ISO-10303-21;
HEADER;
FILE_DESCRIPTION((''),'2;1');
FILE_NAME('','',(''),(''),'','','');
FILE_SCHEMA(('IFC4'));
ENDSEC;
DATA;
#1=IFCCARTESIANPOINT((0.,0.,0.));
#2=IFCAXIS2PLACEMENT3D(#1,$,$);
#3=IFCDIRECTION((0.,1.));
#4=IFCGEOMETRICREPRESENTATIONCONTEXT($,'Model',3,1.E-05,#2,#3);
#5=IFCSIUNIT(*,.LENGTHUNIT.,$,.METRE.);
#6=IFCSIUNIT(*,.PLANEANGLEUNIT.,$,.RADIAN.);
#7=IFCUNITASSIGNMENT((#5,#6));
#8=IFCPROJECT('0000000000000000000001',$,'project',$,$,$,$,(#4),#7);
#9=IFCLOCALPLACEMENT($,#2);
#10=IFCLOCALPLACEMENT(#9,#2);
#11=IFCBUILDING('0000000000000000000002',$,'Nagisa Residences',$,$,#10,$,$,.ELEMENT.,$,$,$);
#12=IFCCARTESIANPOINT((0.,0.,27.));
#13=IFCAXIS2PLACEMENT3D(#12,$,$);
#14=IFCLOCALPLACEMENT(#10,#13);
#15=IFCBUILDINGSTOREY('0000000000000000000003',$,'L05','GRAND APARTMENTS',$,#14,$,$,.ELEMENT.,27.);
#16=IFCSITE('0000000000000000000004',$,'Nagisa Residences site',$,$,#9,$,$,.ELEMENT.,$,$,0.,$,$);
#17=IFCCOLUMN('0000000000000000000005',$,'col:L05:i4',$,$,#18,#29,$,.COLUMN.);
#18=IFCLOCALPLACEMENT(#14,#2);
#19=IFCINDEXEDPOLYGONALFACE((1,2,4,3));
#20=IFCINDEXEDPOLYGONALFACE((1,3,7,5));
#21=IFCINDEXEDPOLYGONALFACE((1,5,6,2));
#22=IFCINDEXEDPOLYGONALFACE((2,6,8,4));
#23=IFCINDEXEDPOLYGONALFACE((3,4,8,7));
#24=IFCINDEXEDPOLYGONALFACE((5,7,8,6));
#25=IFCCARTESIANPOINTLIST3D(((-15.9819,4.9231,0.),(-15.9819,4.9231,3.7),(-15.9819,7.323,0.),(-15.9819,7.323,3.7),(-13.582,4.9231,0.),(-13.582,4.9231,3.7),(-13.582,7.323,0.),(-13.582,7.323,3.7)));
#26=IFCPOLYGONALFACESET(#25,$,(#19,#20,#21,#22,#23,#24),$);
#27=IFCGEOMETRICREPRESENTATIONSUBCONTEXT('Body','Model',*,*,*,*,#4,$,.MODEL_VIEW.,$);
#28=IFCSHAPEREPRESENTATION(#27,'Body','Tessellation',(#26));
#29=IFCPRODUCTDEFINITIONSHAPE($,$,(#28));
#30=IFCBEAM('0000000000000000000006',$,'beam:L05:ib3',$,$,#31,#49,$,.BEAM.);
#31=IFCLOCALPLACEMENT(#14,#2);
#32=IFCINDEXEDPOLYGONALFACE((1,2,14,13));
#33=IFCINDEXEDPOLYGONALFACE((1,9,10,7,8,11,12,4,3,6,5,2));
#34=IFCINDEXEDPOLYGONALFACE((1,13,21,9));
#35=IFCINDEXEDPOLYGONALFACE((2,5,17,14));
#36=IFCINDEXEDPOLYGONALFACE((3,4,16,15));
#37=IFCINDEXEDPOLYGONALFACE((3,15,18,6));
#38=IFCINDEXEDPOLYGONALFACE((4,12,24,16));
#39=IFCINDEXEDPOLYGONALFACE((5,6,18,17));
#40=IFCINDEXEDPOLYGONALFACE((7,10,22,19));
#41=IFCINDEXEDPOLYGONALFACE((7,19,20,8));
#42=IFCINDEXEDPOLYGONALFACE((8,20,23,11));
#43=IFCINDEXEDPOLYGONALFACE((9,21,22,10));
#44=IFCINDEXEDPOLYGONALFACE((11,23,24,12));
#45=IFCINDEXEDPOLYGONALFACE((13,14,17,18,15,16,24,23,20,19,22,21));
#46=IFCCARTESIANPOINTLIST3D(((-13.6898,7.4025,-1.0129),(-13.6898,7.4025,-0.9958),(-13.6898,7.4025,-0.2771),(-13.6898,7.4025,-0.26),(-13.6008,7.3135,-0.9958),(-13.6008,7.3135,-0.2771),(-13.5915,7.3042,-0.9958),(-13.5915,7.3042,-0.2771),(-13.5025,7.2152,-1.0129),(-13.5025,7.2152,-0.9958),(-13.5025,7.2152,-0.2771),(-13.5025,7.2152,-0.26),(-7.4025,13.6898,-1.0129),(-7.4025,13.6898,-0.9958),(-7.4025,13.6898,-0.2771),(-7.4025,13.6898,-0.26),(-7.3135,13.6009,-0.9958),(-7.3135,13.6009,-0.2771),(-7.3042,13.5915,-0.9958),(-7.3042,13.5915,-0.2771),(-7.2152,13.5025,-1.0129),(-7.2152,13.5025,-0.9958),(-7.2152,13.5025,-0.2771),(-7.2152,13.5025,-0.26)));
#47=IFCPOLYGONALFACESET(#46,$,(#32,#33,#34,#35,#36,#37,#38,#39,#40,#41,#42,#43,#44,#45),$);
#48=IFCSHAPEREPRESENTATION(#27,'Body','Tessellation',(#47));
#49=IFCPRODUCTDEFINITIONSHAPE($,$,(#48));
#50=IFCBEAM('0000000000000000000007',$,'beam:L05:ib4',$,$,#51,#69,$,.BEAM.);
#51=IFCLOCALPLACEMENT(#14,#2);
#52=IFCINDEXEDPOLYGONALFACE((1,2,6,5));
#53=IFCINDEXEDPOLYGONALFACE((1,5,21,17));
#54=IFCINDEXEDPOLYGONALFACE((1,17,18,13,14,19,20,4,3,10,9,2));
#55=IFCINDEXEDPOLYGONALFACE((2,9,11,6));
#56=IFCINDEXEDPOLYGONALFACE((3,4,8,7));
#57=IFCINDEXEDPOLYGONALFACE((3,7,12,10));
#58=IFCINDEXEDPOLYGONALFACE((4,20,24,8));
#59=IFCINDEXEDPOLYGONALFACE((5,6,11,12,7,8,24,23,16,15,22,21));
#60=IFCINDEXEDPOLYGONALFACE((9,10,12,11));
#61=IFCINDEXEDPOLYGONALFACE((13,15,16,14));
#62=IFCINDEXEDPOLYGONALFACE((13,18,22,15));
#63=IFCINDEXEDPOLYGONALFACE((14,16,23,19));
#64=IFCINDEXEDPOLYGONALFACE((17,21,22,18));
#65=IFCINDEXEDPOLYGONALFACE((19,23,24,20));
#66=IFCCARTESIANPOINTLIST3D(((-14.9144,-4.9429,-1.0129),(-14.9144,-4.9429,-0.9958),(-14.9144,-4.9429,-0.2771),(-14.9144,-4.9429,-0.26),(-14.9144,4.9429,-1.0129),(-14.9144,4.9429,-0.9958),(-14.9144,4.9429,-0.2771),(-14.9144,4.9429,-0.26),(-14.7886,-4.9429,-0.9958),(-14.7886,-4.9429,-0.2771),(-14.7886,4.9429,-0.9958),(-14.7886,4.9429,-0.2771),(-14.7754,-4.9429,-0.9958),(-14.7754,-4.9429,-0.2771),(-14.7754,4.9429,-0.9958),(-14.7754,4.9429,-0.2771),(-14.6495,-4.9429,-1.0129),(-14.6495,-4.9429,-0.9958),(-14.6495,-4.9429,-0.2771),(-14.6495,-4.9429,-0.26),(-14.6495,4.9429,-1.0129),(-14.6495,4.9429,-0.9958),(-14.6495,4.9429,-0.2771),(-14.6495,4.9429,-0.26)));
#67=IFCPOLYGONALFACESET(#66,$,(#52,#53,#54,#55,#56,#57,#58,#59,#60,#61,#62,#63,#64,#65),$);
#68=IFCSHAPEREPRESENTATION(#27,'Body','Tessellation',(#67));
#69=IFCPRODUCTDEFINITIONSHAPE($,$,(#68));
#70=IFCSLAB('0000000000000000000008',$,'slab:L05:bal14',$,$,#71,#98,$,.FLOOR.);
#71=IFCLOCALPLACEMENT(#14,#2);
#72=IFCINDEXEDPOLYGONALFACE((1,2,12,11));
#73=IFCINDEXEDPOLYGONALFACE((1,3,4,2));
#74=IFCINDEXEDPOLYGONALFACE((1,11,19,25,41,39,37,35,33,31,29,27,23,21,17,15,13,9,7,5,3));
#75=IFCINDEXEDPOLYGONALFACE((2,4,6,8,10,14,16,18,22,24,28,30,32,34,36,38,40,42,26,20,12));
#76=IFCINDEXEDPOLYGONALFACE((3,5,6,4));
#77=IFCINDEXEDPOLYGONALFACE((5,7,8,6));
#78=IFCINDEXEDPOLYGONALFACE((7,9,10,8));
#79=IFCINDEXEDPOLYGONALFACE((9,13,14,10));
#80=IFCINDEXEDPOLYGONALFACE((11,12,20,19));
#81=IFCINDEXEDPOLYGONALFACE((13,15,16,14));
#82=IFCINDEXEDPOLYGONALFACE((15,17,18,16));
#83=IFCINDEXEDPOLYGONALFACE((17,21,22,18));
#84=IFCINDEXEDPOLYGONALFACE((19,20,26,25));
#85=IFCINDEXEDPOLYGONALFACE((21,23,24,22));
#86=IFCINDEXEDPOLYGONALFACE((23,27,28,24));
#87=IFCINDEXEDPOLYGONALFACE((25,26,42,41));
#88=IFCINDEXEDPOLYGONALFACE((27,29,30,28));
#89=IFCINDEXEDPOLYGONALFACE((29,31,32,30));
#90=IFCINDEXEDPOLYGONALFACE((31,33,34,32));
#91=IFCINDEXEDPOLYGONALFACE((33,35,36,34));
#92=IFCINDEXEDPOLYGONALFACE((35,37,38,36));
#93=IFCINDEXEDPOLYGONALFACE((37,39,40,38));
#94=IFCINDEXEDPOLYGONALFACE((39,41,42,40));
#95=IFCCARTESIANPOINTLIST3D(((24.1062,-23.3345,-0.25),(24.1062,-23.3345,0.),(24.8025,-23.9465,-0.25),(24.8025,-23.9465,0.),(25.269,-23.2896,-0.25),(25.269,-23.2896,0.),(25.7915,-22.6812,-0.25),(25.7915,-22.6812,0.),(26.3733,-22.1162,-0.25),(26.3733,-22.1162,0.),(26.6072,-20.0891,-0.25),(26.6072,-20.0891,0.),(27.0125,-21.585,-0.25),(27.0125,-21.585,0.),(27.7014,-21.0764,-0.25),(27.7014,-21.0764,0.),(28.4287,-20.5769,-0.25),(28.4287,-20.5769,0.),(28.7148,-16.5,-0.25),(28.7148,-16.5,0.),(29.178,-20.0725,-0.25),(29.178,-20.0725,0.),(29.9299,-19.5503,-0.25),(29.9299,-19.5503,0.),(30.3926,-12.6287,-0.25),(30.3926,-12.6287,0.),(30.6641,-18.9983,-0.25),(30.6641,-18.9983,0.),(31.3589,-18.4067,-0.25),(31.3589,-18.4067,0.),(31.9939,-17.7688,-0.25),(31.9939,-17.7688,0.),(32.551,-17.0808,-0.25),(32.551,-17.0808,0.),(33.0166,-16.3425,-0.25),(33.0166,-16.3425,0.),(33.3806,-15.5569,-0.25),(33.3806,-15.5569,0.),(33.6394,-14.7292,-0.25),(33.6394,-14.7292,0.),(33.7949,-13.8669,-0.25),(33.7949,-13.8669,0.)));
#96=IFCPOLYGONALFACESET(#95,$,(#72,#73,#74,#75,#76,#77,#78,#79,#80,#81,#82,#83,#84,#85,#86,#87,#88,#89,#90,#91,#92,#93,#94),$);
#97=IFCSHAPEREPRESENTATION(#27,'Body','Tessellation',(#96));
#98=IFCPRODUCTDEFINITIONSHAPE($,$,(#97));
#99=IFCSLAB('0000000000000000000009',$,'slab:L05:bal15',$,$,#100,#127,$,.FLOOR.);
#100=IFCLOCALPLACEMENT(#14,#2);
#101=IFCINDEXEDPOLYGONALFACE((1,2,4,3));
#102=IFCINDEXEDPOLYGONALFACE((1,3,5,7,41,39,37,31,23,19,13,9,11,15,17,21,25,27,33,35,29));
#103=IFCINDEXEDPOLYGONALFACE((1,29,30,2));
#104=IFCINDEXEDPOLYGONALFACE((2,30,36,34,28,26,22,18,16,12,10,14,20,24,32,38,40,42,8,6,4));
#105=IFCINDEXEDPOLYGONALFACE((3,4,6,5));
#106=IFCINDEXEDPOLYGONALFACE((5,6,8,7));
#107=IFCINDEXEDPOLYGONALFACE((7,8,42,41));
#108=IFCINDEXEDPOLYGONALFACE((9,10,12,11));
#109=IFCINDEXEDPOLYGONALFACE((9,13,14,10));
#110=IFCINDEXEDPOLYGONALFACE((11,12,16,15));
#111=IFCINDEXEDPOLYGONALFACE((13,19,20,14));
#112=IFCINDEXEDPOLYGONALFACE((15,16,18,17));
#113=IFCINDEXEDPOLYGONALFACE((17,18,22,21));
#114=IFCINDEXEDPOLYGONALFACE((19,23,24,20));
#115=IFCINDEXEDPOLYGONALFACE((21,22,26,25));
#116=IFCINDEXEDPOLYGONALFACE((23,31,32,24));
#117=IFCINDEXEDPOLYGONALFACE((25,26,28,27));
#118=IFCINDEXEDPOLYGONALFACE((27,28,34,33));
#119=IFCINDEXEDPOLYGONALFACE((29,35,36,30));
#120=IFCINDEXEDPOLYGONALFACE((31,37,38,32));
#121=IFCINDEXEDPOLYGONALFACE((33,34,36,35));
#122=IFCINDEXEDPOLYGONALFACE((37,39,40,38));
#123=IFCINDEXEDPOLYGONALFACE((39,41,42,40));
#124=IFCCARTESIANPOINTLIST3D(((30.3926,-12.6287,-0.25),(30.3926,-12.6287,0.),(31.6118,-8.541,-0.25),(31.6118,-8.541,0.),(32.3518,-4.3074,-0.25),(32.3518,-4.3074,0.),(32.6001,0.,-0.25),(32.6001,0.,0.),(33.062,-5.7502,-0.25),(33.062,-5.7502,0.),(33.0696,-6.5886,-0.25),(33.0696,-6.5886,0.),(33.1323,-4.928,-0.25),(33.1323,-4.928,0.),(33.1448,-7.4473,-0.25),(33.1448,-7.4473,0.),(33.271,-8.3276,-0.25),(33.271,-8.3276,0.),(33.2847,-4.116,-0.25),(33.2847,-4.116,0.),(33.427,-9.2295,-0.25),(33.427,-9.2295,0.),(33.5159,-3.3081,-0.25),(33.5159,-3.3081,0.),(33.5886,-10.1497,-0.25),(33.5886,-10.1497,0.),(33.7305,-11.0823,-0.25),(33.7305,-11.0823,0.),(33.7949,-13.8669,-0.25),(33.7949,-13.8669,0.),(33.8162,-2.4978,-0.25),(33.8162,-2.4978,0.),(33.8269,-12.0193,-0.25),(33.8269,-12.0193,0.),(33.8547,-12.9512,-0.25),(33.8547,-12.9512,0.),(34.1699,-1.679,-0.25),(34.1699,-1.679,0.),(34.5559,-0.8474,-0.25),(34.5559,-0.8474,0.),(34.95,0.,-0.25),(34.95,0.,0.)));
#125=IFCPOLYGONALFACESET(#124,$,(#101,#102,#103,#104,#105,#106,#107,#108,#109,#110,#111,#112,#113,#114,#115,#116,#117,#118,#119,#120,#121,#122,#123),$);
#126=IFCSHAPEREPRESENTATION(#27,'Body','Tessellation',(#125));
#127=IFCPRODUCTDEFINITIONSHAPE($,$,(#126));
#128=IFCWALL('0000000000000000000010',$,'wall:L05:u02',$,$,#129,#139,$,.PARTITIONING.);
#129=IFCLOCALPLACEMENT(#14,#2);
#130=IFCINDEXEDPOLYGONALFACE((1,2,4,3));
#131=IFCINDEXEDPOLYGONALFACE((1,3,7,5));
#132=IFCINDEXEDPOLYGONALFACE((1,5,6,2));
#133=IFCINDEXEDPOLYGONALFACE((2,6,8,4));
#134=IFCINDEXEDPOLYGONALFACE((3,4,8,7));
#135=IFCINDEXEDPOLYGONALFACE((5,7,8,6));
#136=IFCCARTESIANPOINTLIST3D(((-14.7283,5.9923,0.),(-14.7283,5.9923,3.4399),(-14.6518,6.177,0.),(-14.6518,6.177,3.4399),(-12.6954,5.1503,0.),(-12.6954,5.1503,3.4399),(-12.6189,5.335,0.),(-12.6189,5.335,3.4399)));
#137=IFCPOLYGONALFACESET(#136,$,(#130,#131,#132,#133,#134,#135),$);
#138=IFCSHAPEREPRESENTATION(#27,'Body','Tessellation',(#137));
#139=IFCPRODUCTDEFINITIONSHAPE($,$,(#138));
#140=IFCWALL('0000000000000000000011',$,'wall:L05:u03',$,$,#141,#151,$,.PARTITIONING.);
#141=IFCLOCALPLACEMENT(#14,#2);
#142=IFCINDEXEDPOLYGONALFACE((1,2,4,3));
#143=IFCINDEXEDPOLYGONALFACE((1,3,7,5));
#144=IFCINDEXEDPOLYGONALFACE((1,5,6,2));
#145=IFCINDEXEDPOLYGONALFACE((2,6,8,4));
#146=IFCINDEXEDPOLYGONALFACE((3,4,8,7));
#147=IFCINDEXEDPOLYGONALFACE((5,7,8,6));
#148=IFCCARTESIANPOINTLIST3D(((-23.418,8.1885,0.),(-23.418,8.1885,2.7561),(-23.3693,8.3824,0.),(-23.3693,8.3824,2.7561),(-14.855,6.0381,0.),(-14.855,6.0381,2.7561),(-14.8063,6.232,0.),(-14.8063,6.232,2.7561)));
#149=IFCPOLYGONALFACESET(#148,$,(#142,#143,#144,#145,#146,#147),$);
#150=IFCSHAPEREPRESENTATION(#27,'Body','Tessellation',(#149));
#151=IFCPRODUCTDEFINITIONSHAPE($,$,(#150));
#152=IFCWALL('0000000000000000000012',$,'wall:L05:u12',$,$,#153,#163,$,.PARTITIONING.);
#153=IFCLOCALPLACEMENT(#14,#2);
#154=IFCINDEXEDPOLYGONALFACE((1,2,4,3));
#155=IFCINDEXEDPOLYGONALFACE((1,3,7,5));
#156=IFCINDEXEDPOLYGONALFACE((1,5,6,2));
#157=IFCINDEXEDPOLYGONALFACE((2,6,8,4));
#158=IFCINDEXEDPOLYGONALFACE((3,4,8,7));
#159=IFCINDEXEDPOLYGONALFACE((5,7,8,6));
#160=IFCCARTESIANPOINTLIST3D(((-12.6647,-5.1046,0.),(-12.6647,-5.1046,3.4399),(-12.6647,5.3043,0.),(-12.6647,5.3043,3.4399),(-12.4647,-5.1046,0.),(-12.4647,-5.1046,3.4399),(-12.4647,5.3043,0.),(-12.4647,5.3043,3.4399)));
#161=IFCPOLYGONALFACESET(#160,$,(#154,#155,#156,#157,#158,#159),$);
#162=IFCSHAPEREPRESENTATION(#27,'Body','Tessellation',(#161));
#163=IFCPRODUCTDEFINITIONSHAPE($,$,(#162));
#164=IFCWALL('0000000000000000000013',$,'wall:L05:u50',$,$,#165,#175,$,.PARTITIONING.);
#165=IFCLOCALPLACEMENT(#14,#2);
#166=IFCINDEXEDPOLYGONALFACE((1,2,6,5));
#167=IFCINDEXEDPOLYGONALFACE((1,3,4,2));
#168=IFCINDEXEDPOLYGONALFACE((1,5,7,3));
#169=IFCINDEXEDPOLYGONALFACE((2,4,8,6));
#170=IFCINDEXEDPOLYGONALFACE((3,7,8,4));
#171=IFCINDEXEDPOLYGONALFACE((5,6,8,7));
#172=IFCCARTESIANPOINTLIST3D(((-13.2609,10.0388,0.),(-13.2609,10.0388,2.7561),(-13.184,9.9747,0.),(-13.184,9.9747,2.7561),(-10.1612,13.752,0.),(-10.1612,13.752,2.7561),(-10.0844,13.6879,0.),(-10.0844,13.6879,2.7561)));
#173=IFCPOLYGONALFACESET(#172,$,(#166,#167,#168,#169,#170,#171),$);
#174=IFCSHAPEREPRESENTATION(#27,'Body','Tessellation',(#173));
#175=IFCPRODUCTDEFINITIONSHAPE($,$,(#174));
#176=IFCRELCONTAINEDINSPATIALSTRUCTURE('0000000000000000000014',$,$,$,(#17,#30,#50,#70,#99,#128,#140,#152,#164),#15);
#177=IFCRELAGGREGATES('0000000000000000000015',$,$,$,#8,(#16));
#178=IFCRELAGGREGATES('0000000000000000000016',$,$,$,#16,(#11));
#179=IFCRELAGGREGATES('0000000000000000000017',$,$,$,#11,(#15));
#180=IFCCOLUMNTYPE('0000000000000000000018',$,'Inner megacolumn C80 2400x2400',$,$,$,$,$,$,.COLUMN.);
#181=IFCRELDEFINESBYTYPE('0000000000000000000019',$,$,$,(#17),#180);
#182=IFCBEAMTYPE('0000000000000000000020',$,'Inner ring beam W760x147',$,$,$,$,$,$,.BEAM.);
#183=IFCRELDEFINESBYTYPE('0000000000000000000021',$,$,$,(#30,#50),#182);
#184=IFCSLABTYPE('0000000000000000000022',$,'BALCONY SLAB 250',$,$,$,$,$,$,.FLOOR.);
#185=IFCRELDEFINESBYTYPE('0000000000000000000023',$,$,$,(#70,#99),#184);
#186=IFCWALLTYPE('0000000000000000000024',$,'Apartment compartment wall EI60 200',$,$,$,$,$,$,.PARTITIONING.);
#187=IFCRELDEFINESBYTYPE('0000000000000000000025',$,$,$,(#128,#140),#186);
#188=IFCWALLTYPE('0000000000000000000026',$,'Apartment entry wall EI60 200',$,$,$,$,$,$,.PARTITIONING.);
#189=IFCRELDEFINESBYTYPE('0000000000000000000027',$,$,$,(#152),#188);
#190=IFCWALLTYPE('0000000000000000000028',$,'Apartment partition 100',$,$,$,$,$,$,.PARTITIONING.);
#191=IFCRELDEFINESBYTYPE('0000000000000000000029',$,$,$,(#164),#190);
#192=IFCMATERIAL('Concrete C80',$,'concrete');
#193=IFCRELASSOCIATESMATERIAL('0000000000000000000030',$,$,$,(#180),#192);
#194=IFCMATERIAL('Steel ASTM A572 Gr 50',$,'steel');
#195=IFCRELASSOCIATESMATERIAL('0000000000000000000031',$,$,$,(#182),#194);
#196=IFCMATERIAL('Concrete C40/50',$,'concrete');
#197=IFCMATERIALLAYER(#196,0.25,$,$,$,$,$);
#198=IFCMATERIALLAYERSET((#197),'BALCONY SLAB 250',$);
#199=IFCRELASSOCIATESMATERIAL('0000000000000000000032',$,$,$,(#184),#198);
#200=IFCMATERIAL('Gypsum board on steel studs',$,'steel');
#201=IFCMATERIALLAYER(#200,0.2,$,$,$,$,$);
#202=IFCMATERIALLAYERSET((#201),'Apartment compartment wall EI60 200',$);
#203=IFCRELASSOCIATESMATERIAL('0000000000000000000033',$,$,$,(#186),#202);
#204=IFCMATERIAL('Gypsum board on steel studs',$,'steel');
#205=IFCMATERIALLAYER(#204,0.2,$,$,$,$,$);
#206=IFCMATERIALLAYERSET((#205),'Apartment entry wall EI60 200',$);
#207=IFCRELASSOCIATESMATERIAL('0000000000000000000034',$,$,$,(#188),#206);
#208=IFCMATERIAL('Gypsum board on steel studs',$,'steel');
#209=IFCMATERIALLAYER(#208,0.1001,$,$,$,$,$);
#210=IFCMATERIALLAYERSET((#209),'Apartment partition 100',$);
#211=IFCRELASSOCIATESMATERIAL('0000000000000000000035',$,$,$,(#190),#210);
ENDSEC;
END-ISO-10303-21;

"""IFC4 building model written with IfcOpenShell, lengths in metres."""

from ifc_helpers import new_model, si_unit, direction, frame, frame_2d, origin, origin_2d, place, context, subcontext, project, spatial, polyline, rectangle, i_section, outline, extrude, material, layer, layer_set, material_profile, profile_set, type_object, element, save


model = new_model("IFC4")

# Units and contexts
model_context = context("Model", 3, precision=1e-05, world=origin(), true_north=direction((0.0, 1.0)))
body_context = subcontext(model_context, "Body", "Model", "MODEL_VIEW")
ifc_project = project(units=[si_unit("LENGTHUNIT", "METRE"), si_unit("PLANEANGLEUNIT", "RADIAN")], contexts=[model_context])

# Site, building, storey
site_placement = place(None, origin())
site = spatial("IfcSite", under=ifc_project, at=site_placement, Name="Nagisa Residences site", CompositionType="ELEMENT", RefElevation=0.0)
building_placement = place(site_placement, origin())
building = spatial("IfcBuilding", under=site, at=building_placement, Name="Nagisa Residences", CompositionType="ELEMENT")
storey_placement = place(building_placement, frame((0.0, 0.0, 27.0)))
storey = spatial("IfcBuildingStorey", under=building, at=storey_placement, Name="L05", Description="GRAND APARTMENTS", CompositionType="ELEMENT", Elevation=27.0)

# Column
ifc_material_1 = material(Name="Concrete C80", Category="concrete")
ifc_material_profile_1 = material_profile(ifc_material_1, rectangle(XDim=2.3999, YDim=2.3999, at=origin_2d()), Name="C80 2400x2400")
ifc_profile_set_1 = profile_set([ifc_material_profile_1], Name="Concrete C80")
column_type = type_object("IfcColumnType", Name="Inner megacolumn C80 2400x2400", PredefinedType="COLUMN", material=ifc_profile_set_1)
column_placement = place(storey_placement, frame((-14.782, 6.123, 0.0), z_axis=(0.0, 0.0, 1.0), x_axis=(1.0, 0.0, 0.0)))
element("IfcColumn", 1, at=column_placement, inside=storey, type_object=column_type, Name="col:L05:i4", PredefinedType="COLUMN", context=body_context, shape_type="SweptSolid", body=[
    extrude(rectangle(XDim=2.3999, YDim=2.3999, at=origin_2d()), origin(), (0.0, 0.0, 1.0), 3.7),
])

# Beams
ifc_material_2 = material(Name="Steel ASTM A572 Gr 50", Category="steel")
ifc_material_profile_2 = material_profile(ifc_material_2, i_section(OverallWidth=0.2649, OverallDepth=0.7529, WebThickness=0.0132, FlangeThickness=0.0171, at=origin_2d()), Name="W760x147")
ifc_profile_set_2 = profile_set([ifc_material_profile_2], Name="Steel ASTM A572 Gr 50")
beam_type = type_object("IfcBeamType", Name="Inner ring beam W760x147", PredefinedType="BEAM", material=ifc_profile_set_2)
beam_1_placement = place(storey_placement, frame((-7.3088, 13.5962, -0.6365), z_axis=(-0.707107, -0.707107, 0.0), x_axis=(0.707107, -0.707107, 0.0)))
element("IfcBeam", 2, at=beam_1_placement, inside=storey, type_object=beam_type, Name="beam:L05:ib3", PredefinedType="BEAM", context=body_context, shape_type="SweptSolid", body=[
    extrude(i_section(OverallWidth=0.2649, OverallDepth=0.7529, WebThickness=0.0132, FlangeThickness=0.0171, at=origin_2d()), origin(), (0.0, 0.0, 1.0), 8.8916),
])
beam_2_placement = place(storey_placement, frame((-14.782, 4.9429, -0.6365), z_axis=(0.0, -1.0, 0.0), x_axis=(1.0, 0.0, 0.0)))
element("IfcBeam", 3, at=beam_2_placement, inside=storey, type_object=beam_type, Name="beam:L05:ib4", PredefinedType="BEAM", context=body_context, shape_type="SweptSolid", body=[
    extrude(i_section(OverallWidth=0.2649, OverallDepth=0.7529, WebThickness=0.0132, FlangeThickness=0.0171, at=origin_2d()), origin(), (0.0, 0.0, 1.0), 9.8857),
])

# Slabs
ifc_material_3 = material(Name="Concrete C40/50", Category="concrete")
ifc_layer_1 = layer(ifc_material_3, 0.25)
ifc_layer_set_1 = layer_set([ifc_layer_1], Name="BALCONY SLAB 250")
slab_type = type_object("IfcSlabType", Name="BALCONY SLAB 250", PredefinedType="FLOOR", material=ifc_layer_set_1)
slab_1_placement = place(storey_placement, frame((0.0, 0.0, -0.25)))
element("IfcSlab", 4, at=slab_1_placement, inside=storey, type_object=slab_type, Name="slab:L05:bal14", PredefinedType="FLOOR", context=body_context, shape_type="SweptSolid", body=[
    extrude(outline(polyline([(24.8025, -23.9465), (25.269, -23.2896), (25.7915, -22.6812), (26.3733, -22.1162), (27.0125, -21.585), (27.7014, -21.0764), (28.4287, -20.5769), (29.178, -20.0725), (29.9299, -19.5503), (30.6641, -18.9983), (31.3589, -18.4067), (31.9939, -17.7688), (32.551, -17.0808), (33.0166, -16.3425), (33.3806, -15.5569), (33.6394, -14.7292), (33.7949, -13.8669), (30.3926, -12.6287), (28.7148, -16.5), (26.6072, -20.0891), (24.1062, -23.3345), (24.8025, -23.9465)])), origin(), (0.0, 0.0, 1.0), 0.25),
])
slab_2_placement = place(storey_placement, frame((0.0, 0.0, -0.25)))
element("IfcSlab", 5, at=slab_2_placement, inside=storey, type_object=slab_type, Name="slab:L05:bal15", PredefinedType="FLOOR", context=body_context, shape_type="SweptSolid", body=[
    extrude(outline(polyline([(33.7949, -13.8669), (33.8547, -12.9512), (33.8269, -12.0193), (33.7305, -11.0823), (33.5886, -10.1497), (33.427, -9.2295), (33.271, -8.3276), (33.1448, -7.4473), (33.0696, -6.5886), (33.062, -5.7502), (33.1323, -4.928), (33.2847, -4.116), (33.5159, -3.3081), (33.8162, -2.4978), (34.1699, -1.679), (34.5559, -0.8474), (34.95, 0.0), (32.6001, 0.0), (32.3518, -4.3074), (31.6118, -8.541), (30.3926, -12.6287), (33.7949, -13.8669)])), origin(), (0.0, 0.0, 1.0), 0.25),
])

# Walls
ifc_material_4 = material(Name="Gypsum board on steel studs", Category="steel")
ifc_layer_2 = layer(ifc_material_4, 0.2)
ifc_layer_set_2 = layer_set([ifc_layer_2], Name="Apartment compartment wall EI60 200")
wall_type_1 = type_object("IfcWallType", Name="Apartment compartment wall EI60 200", PredefinedType="PARTITIONING", material=ifc_layer_set_2)
wall_1_placement = place(storey_placement, frame((-12.6572, 5.2427, 0.0), z_axis=(0.0, 0.0, 1.0), x_axis=(-0.923886, 0.382669, 0.0)))
element("IfcWall", 6, at=wall_1_placement, inside=storey, type_object=wall_type_1, Name="wall:L05:u02", PredefinedType="PARTITIONING", context=body_context, shape_type="SweptSolid", body=[
    extrude(rectangle(XDim=2.2004, YDim=0.2, at=frame_2d((1.1001, 0.0))), origin(), (0.0, 0.0, 1.0), 3.4399),
])
wall_2_placement = place(storey_placement, frame((-14.8306, 6.135, 0.0), z_axis=(0.0, 0.0, 1.0), x_axis=(-0.969885, 0.243564, 0.0)))
element("IfcWall", 7, at=wall_2_placement, inside=storey, type_object=wall_type_1, Name="wall:L05:u03", PredefinedType="PARTITIONING", context=body_context, shape_type="SweptSolid", body=[
    extrude(rectangle(XDim=8.8289, YDim=0.2, at=frame_2d((4.4146, 0.0))), origin(), (0.0, 0.0, 1.0), 2.7561),
])
ifc_material_5 = material(Name="Gypsum board on steel studs", Category="steel")
ifc_layer_3 = layer(ifc_material_5, 0.2)
ifc_layer_set_3 = layer_set([ifc_layer_3], Name="Apartment entry wall EI60 200")
wall_type_2 = type_object("IfcWallType", Name="Apartment entry wall EI60 200", PredefinedType="PARTITIONING", material=ifc_layer_set_3)
wall_3_placement = place(storey_placement, frame((-12.5647, 5.3044, 0.0), z_axis=(0.0, 0.0, 1.0), x_axis=(0.0, -1.0, 0.0)))
element("IfcWall", 8, at=wall_3_placement, inside=storey, type_object=wall_type_2, Name="wall:L05:u12", PredefinedType="PARTITIONING", context=body_context, shape_type="SweptSolid", body=[
    extrude(rectangle(XDim=10.4089, YDim=0.2, at=frame_2d((5.2046, 0.0))), origin(), (0.0, 0.0, 1.0), 3.4399),
])
ifc_material_6 = material(Name="Gypsum board on steel studs", Category="steel")
ifc_layer_4 = layer(ifc_material_6, 0.1001)
ifc_layer_set_4 = layer_set([ifc_layer_4], Name="Apartment partition 100")
wall_type_3 = type_object("IfcWallType", Name="Apartment partition 100", PredefinedType="PARTITIONING", material=ifc_layer_set_4)
wall_4_placement = place(storey_placement, frame((-10.1228, 13.72, 0.0), z_axis=(0.0, 0.0, 1.0), x_axis=(-0.640835, -0.767679, 0.0)))
element("IfcWall", 9, at=wall_4_placement, inside=storey, type_object=wall_type_3, Name="wall:L05:u50", PredefinedType="PARTITIONING", context=body_context, shape_type="SweptSolid", body=[
    extrude(rectangle(XDim=4.8369, YDim=0.1001, at=frame_2d((2.4185, 0.0))), origin(), (0.0, 0.0, 1.0), 2.7561),
])

save(model, "model.ifc")
